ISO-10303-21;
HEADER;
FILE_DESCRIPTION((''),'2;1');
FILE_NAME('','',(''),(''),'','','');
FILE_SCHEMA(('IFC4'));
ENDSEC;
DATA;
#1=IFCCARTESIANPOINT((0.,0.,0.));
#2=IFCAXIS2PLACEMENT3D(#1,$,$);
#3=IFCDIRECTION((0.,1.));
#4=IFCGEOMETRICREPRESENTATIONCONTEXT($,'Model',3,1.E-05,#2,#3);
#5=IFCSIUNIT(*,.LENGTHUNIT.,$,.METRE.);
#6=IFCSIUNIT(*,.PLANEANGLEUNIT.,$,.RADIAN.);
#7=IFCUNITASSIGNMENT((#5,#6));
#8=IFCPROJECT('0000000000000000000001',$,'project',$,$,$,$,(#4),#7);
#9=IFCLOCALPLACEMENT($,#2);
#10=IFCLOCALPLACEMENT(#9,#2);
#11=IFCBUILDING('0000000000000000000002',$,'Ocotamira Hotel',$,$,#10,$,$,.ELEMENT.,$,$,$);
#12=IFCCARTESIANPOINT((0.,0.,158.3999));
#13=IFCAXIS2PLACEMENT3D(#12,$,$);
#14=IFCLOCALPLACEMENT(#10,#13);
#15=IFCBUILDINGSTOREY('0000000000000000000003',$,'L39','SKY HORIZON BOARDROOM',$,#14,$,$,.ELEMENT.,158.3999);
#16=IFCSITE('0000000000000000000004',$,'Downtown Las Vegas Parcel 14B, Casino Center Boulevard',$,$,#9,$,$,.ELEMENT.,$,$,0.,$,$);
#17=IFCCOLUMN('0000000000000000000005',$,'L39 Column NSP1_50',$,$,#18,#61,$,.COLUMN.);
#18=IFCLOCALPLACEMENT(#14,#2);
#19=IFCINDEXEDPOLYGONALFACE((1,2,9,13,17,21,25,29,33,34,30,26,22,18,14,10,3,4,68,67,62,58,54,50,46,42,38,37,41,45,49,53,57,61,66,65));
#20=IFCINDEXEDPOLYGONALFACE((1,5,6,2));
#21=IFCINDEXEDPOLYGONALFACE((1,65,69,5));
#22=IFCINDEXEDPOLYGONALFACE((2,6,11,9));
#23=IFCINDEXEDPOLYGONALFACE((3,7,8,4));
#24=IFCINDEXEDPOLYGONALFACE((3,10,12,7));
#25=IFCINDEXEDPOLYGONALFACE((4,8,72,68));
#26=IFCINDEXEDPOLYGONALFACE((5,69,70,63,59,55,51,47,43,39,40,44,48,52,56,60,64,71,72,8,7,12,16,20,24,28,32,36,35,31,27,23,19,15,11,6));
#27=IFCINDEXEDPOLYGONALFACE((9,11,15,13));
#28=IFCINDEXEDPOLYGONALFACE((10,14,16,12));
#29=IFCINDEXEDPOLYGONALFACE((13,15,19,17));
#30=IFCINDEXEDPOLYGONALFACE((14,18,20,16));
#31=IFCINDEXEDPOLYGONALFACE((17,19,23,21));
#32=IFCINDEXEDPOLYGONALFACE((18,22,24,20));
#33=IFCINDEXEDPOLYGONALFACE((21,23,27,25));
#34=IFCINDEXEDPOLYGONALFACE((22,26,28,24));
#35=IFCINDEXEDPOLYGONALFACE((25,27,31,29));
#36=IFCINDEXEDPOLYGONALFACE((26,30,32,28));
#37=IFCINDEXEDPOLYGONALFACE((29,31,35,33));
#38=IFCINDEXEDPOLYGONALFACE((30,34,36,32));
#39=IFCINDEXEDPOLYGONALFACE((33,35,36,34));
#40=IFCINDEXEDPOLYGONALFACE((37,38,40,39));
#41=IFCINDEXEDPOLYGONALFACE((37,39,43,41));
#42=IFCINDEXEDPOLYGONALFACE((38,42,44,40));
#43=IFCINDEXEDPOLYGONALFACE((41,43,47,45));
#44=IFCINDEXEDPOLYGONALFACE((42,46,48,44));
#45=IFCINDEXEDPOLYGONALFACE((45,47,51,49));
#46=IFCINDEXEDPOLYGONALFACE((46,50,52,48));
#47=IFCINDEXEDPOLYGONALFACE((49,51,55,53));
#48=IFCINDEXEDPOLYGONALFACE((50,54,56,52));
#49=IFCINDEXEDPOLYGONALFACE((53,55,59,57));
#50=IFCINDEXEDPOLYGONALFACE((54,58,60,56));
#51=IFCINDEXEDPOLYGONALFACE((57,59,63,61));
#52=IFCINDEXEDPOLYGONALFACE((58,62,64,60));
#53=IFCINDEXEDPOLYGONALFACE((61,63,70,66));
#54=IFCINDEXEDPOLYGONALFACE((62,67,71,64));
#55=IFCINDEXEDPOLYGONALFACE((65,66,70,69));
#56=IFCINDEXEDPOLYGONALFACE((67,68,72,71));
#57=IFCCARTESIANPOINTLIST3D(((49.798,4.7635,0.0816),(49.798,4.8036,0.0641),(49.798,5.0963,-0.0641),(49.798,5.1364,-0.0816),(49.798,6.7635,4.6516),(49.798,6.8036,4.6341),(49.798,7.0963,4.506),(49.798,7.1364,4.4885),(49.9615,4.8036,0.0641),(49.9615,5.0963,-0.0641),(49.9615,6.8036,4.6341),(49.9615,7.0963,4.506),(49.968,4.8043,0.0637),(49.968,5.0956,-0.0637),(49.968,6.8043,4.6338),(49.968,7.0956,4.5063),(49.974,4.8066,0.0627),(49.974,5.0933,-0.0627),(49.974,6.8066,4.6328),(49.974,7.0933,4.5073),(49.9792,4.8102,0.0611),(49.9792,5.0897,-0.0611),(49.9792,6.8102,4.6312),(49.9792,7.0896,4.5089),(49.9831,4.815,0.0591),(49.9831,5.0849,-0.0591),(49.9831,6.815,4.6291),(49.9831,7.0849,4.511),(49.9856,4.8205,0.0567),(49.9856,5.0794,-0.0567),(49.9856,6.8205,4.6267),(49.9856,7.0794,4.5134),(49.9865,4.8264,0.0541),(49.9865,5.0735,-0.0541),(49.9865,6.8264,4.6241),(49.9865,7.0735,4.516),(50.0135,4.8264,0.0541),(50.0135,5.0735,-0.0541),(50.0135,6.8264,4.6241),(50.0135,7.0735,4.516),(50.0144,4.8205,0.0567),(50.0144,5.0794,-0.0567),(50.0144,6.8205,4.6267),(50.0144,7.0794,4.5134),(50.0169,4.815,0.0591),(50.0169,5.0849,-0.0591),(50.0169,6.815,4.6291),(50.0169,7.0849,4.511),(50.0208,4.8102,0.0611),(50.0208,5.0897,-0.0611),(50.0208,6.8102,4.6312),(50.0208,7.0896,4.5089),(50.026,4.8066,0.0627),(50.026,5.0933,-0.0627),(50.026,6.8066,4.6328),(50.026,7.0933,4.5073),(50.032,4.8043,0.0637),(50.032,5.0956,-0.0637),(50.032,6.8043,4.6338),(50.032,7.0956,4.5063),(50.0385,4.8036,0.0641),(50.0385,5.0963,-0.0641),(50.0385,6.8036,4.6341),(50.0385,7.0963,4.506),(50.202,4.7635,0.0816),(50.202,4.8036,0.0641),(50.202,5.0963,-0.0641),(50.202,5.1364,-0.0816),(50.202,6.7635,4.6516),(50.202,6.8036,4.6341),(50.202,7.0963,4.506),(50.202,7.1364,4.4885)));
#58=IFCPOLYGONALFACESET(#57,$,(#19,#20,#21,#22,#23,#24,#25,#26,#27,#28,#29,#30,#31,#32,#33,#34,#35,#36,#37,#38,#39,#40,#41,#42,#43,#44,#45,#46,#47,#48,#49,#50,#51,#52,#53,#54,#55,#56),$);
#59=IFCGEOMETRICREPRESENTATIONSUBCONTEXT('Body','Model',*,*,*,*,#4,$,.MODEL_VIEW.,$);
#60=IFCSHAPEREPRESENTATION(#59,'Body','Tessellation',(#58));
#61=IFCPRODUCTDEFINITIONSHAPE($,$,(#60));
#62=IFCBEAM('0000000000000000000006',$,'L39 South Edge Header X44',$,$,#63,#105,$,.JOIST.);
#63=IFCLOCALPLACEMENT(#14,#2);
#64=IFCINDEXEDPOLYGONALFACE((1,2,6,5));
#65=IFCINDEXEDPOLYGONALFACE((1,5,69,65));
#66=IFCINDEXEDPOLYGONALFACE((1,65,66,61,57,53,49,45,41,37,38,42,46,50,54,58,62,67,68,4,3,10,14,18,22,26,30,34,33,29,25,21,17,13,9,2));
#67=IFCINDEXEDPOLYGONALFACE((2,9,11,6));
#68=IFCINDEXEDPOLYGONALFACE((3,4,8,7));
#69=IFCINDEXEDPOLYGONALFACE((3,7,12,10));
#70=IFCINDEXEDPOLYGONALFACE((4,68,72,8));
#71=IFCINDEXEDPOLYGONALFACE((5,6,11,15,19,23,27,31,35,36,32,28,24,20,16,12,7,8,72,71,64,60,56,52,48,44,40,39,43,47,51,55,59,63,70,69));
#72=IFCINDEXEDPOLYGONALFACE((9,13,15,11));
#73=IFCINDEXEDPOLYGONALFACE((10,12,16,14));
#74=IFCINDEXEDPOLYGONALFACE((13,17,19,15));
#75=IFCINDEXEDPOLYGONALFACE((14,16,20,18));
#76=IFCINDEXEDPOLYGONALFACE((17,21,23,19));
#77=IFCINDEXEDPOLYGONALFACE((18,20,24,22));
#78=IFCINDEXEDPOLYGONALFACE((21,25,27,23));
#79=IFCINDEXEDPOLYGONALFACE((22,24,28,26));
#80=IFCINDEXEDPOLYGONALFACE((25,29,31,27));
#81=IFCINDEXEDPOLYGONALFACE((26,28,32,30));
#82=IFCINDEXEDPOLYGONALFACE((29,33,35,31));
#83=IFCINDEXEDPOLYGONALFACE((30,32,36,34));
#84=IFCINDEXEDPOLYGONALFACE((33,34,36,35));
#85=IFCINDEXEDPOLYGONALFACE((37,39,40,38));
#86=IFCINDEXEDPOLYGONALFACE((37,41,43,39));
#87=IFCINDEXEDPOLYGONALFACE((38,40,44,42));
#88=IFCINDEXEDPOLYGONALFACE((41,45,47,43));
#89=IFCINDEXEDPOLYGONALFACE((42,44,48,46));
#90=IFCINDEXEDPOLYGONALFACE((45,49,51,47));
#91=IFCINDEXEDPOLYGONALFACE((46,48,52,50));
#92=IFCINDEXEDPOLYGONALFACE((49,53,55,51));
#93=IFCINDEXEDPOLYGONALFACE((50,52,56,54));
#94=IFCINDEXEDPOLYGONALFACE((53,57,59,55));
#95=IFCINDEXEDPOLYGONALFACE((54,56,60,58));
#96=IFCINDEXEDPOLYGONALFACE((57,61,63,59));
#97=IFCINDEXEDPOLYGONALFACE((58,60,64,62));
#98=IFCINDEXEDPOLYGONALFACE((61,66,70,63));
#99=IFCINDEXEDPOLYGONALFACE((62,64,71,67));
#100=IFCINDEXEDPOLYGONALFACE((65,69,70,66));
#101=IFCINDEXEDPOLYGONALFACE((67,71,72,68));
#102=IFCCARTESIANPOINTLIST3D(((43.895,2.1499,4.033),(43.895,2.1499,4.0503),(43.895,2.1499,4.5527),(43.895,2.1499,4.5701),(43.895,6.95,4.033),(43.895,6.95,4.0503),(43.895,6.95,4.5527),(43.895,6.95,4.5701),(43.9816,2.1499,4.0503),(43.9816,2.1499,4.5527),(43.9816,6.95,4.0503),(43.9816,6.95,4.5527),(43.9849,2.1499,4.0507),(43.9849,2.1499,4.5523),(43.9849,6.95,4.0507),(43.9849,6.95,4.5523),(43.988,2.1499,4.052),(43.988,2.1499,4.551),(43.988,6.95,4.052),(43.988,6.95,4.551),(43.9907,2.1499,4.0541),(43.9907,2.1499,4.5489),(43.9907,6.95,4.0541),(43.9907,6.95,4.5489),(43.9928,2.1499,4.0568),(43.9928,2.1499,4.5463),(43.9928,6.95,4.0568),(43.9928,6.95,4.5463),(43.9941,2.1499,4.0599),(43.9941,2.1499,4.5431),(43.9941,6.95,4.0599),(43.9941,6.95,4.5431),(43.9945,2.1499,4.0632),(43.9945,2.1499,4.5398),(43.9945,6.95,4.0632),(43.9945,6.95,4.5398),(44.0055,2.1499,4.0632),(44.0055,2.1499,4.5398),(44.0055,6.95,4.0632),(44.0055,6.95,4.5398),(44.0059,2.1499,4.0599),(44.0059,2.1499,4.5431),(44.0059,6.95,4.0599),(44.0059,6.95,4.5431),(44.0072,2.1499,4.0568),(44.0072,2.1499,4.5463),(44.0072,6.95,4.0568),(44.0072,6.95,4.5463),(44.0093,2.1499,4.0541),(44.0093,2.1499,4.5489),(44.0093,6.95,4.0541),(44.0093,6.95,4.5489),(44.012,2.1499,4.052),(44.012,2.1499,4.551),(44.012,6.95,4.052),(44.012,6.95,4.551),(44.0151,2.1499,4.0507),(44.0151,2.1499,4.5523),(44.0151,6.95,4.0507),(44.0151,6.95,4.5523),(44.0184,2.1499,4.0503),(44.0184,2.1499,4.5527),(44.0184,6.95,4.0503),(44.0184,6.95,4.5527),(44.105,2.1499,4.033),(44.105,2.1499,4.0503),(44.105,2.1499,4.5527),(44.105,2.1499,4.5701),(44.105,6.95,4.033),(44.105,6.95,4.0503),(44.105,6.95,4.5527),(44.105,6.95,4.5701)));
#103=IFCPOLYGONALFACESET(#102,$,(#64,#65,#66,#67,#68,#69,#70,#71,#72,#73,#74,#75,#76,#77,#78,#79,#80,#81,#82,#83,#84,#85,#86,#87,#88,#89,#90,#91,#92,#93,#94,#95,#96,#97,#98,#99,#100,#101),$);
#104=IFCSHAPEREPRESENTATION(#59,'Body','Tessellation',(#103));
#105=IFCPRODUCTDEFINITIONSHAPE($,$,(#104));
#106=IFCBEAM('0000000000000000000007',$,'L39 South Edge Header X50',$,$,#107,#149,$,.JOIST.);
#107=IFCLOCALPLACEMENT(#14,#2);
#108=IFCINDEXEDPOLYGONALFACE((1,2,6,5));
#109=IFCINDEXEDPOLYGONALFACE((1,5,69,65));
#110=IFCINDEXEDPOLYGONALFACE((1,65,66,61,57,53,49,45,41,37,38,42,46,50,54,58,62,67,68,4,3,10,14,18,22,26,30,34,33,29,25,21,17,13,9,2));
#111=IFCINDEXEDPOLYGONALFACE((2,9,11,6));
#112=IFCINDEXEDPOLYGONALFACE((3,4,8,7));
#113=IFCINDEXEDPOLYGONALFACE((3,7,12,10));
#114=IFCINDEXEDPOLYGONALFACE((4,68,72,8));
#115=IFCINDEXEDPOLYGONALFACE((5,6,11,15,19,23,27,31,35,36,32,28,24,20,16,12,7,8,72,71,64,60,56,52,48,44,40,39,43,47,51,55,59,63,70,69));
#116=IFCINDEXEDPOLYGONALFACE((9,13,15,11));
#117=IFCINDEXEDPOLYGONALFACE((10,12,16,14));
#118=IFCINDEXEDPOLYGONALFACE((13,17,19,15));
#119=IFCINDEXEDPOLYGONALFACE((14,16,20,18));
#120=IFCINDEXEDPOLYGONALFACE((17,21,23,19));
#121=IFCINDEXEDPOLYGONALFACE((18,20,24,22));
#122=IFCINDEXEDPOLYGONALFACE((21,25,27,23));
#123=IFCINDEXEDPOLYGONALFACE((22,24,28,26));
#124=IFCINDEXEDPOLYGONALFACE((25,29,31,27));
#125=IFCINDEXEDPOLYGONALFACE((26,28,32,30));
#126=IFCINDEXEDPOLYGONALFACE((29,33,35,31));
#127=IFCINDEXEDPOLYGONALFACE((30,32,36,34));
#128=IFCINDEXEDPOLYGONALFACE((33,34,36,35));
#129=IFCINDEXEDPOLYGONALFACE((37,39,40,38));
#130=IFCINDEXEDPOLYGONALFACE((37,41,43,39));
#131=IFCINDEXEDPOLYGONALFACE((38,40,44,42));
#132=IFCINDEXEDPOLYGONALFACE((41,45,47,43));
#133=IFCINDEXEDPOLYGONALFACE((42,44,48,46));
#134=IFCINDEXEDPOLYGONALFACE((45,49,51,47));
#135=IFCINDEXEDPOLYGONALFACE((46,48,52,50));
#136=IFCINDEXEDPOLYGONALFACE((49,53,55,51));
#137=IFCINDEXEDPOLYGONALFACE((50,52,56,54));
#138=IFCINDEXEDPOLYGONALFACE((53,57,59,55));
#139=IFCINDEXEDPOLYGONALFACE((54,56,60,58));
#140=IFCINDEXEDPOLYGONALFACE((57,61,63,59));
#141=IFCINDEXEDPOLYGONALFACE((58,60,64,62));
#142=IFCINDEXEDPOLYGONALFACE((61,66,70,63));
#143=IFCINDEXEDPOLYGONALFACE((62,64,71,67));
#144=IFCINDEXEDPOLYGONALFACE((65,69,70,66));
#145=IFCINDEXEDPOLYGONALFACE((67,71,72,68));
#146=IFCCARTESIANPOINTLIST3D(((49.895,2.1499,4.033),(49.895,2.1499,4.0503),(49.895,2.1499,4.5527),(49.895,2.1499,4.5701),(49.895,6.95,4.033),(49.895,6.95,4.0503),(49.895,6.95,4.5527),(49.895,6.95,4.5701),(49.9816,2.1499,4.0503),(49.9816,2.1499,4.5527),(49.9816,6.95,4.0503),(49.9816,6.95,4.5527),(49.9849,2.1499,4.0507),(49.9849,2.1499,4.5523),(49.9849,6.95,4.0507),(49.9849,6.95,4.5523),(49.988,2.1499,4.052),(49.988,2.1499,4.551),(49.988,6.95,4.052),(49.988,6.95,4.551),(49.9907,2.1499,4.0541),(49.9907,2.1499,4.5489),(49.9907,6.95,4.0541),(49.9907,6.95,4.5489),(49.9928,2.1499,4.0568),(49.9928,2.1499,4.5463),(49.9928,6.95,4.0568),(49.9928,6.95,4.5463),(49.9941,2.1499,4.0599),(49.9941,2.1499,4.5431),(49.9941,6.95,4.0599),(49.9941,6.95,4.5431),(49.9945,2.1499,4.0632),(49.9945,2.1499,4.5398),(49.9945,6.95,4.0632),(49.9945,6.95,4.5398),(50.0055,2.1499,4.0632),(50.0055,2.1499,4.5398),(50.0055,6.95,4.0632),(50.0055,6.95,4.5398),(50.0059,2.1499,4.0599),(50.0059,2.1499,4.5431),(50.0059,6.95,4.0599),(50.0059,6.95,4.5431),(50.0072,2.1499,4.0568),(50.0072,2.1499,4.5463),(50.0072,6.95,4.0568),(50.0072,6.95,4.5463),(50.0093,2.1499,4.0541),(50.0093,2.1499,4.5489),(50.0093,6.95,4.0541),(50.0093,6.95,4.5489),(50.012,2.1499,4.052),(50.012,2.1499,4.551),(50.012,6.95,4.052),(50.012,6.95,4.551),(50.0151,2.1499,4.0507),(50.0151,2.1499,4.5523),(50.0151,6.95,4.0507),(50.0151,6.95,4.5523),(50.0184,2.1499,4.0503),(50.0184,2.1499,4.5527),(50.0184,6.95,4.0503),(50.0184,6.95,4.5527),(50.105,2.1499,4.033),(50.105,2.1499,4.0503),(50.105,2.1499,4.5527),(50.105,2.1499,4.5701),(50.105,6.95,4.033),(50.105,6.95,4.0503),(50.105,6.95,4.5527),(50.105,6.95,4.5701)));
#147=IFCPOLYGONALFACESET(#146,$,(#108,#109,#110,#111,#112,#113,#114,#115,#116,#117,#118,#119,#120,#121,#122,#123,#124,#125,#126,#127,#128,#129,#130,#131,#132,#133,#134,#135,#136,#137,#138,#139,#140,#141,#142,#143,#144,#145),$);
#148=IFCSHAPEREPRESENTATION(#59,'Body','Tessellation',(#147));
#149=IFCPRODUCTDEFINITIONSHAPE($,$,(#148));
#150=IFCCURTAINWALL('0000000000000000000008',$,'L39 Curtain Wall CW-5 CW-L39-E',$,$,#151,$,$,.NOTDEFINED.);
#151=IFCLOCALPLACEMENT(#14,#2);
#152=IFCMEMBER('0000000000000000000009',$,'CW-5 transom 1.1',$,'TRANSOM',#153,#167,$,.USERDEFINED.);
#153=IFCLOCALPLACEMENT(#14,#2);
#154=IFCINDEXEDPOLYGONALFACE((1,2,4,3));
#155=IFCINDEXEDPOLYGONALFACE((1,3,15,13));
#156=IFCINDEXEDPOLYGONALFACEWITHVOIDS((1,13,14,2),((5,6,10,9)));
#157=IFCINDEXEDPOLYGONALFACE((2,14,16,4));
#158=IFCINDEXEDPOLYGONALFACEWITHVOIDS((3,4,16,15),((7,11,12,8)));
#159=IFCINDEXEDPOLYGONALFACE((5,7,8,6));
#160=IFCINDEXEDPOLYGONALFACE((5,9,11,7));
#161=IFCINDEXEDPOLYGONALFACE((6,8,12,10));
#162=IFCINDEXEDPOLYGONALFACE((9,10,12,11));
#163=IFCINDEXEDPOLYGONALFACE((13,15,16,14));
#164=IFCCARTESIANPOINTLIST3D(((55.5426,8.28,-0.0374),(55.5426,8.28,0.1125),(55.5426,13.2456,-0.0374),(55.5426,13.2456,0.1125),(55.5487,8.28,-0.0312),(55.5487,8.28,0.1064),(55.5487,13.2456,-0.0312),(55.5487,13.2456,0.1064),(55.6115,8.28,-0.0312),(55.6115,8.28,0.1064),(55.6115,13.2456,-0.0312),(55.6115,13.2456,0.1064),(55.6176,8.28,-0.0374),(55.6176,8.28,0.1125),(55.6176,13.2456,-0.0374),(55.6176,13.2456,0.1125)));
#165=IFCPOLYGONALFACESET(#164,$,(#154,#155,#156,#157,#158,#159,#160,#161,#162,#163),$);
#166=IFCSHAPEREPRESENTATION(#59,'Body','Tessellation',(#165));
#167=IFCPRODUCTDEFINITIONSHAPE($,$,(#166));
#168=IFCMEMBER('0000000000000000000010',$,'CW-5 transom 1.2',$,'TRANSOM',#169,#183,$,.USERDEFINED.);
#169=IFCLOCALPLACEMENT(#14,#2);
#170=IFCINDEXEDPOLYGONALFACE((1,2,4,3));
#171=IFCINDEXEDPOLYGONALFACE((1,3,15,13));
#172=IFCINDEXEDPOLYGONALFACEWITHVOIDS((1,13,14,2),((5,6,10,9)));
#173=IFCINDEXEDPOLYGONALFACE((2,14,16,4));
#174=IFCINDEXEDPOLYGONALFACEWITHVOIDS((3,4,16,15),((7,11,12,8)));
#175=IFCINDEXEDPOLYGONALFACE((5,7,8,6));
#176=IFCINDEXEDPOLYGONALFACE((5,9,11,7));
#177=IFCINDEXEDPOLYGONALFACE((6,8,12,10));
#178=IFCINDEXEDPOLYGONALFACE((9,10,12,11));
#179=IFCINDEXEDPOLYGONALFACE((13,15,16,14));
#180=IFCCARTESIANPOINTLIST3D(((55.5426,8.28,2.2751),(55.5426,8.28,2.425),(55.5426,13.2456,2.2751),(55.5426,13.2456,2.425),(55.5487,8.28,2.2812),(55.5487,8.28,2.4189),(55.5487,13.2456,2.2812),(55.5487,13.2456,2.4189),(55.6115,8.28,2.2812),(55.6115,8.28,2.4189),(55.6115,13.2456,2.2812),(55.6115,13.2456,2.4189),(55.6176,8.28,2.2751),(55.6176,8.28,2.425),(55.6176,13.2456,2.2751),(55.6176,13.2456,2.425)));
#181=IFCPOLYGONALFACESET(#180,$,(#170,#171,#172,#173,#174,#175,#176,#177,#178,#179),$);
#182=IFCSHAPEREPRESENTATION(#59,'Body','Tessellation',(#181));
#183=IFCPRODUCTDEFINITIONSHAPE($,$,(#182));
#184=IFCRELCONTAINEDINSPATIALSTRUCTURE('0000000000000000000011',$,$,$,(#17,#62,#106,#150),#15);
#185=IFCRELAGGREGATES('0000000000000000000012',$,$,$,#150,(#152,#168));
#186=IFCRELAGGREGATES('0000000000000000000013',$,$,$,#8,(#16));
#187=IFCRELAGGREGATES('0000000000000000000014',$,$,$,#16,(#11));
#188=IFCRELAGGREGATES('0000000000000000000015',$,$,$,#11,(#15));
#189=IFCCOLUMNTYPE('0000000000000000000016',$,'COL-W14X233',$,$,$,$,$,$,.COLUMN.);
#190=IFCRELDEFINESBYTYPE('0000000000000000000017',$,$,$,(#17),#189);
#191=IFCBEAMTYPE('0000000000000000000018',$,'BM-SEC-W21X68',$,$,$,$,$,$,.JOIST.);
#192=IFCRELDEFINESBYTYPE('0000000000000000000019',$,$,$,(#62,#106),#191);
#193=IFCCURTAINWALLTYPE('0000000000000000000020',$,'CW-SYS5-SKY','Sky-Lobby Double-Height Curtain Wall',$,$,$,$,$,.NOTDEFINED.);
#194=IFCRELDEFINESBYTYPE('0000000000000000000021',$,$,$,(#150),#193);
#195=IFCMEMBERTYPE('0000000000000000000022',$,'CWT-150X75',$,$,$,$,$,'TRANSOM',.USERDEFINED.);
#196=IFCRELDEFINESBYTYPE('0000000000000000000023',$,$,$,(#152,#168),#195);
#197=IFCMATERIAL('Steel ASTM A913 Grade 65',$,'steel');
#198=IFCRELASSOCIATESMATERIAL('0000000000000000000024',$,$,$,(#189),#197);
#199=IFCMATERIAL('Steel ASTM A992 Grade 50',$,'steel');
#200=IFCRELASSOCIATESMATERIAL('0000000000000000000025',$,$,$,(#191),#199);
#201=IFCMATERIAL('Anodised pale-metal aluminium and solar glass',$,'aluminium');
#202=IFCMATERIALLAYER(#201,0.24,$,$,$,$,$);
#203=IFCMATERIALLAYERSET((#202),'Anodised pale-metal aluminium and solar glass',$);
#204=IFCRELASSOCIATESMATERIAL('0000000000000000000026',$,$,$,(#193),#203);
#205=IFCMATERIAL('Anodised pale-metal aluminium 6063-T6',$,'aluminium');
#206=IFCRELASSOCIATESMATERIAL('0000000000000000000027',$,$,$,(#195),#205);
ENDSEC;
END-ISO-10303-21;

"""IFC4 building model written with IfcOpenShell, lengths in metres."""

from ifc_helpers import new_model, si_unit, direction, frame, origin, origin_2d, place, context, subcontext, project, spatial, hollow_rectangle, i_section, extrude, source, transform, mapped, material, layer, layer_set, material_profile, profile_set, type_object, element, aggregate, save


model = new_model("IFC4")

# Units and contexts
model_context = context("Model", 3, precision=1e-05, world=origin(), true_north=direction((0.0, 1.0)))
body_context = subcontext(model_context, "Body", "Model", "MODEL_VIEW")
ifc_project = project(units=[si_unit("LENGTHUNIT", "METRE"), si_unit("PLANEANGLEUNIT", "RADIAN")], contexts=[model_context])

# Site, building, storey
site_placement = place(None, origin())
site = spatial("IfcSite", under=ifc_project, at=site_placement, Name="Downtown Las Vegas Parcel 14B, Casino Center Boulevard", CompositionType="ELEMENT", RefElevation=0.0)
building_placement = place(site_placement, origin())
building = spatial("IfcBuilding", under=site, at=building_placement, Name="Ocotamira Hotel", CompositionType="ELEMENT")
storey_placement = place(building_placement, frame((0.0, 0.0, 158.3999)))
storey = spatial("IfcBuildingStorey", under=building, at=storey_placement, Name="L39", Description="SKY HORIZON BOARDROOM", CompositionType="ELEMENT", Elevation=158.3999)

# Column
ifc_material_1 = material(Name="Steel ASTM A913 Grade 65", Category="steel")
ifc_material_profile_1 = material_profile(ifc_material_1, i_section(OverallWidth=0.4041, OverallDepth=0.407, WebThickness=0.0271, FlangeThickness=0.0437, FilletRadius=0.0249, at=origin_2d()), Name="W14X233")
ifc_profile_set_1 = profile_set([ifc_material_profile_1], Name="Steel ASTM A913 Grade 65")
column_type = type_object("IfcColumnType", Name="COL-W14X233", PredefinedType="COLUMN", material=ifc_profile_set_1)
shared_shape_1 = source(origin(), body_context, "Body", "SweptSolid", [
    extrude(i_section(OverallWidth=0.4041, OverallDepth=0.407, WebThickness=0.0271, FlangeThickness=0.0437, FilletRadius=0.0249, at=origin_2d()), origin(), (0.0, 0.0, 1.0), 4.9885),
])
column_placement = place(storey_placement, frame((50.0, 4.95, 0.0), z_axis=(0.0, 0.400919, 0.916114), x_axis=(-1.0, 0.0, 0.0)))
element("IfcColumn", 1, at=column_placement, inside=storey, type_object=column_type, Name="L39 Column NSP1_50", PredefinedType="COLUMN", context=body_context, shape_type="MappedRepresentation", body=[
    mapped(shared_shape_1, transform((0.0, 0.0, 0.0), scale=1.0)),
])

# Beams
ifc_material_2 = material(Name="Steel ASTM A992 Grade 50", Category="steel")
ifc_material_profile_2 = material_profile(ifc_material_2, i_section(OverallWidth=0.21, OverallDepth=0.5371, WebThickness=0.011, FlangeThickness=0.0173, FilletRadius=0.0129, at=origin_2d()), Name="W21X68")
ifc_profile_set_2 = profile_set([ifc_material_profile_2], Name="Steel ASTM A992 Grade 50")
beam_type = type_object("IfcBeamType", Name="BM-SEC-W21X68", PredefinedType="JOIST", material=ifc_profile_set_2)
shared_shape_2 = source(origin(), body_context, "Body", "SweptSolid", [
    extrude(i_section(OverallWidth=0.21, OverallDepth=0.5371, WebThickness=0.011, FlangeThickness=0.0173, FilletRadius=0.0129, at=origin_2d()), origin(), (0.0, 0.0, 1.0), 4.8),
])
for number, where, z_axis, x_axis, name in (
    (2, (44.0, 6.95, 4.3015), (0.0, -1.0, 0.0), (1.0, 0.0, 0.0), "L39 South Edge Header X44"),
    (3, (50.0, 6.95, 4.3015), (0.0, -1.0, 0.0), (1.0, 0.0, 0.0), "L39 South Edge Header X50"),
):
    element("IfcBeam", number, at=place(storey_placement, frame(where, z_axis=z_axis, x_axis=x_axis)), inside=storey, type_object=beam_type, Name=name, PredefinedType="JOIST", context=body_context, shape_type="MappedRepresentation", body=[
        mapped(shared_shape_2, transform((0.0, 0.0, 0.0), scale=1.0)),
    ])

# Curtain wall, members
ifc_material_3 = material(Name="Anodised pale-metal aluminium and solar glass", Category="aluminium")
ifc_layer_1 = layer(ifc_material_3, 0.24)
ifc_layer_set_1 = layer_set([ifc_layer_1], Name="Anodised pale-metal aluminium and solar glass")
curtain_wall_type = type_object("IfcCurtainWallType", Name="CW-SYS5-SKY", Description="Sky-Lobby Double-Height Curtain Wall", PredefinedType="NOTDEFINED", material=ifc_layer_set_1)
curtain_wall_placement = place(storey_placement, origin())
curtain_wall = element("IfcCurtainWall", 4, at=curtain_wall_placement, inside=storey, type_object=curtain_wall_type, Name="L39 Curtain Wall CW-5 CW-L39-E", PredefinedType="NOTDEFINED")
ifc_material_4 = material(Name="Anodised pale-metal aluminium 6063-T6", Category="aluminium")
ifc_material_profile_3 = material_profile(ifc_material_4, hollow_rectangle(XDim=0.075, YDim=0.1499, WallThickness=0.0061, at=origin_2d()), Name="HSS150X75X6")
ifc_profile_set_3 = profile_set([ifc_material_profile_3], Name="Anodised pale-metal aluminium 6063-T6")
member_type_1 = type_object("IfcMemberType", Name="CWT-150X75", ElementType="TRANSOM", PredefinedType="USERDEFINED", material=ifc_profile_set_3)
shared_shape_3 = source(origin(), body_context, "Body", "SweptSolid", [
    extrude(hollow_rectangle(XDim=0.075, YDim=0.1499, WallThickness=0.0061, at=origin_2d()), origin(), (0.0, 0.0, 1.0), 4.9656),
])
member_1_placement = place(storey_placement, frame((55.5801, 8.28, 0.0376), z_axis=(0.0, 1.0, 0.0), x_axis=(-1.0, 0.0, 0.0)))
member_1 = element("IfcMember", 5, at=member_1_placement, type_object=member_type_1, Name="CW-5 transom 1.1", ObjectType="TRANSOM", PredefinedType="USERDEFINED", context=body_context, shape_type="MappedRepresentation", body=[
    mapped(shared_shape_3, transform((0.0, 0.0, 0.0), scale=1.0)),
])
member_2_placement = place(storey_placement, frame((55.5801, 8.28, 2.3501), z_axis=(0.0, 1.0, 0.0), x_axis=(-1.0, 0.0, 0.0)))
member_2 = element("IfcMember", 6, at=member_2_placement, type_object=member_type_1, Name="CW-5 transom 1.2", ObjectType="TRANSOM", PredefinedType="USERDEFINED", context=body_context, shape_type="MappedRepresentation", body=[
    mapped(shared_shape_3, transform((0.0, 0.0, 0.0), scale=1.0)),
])

aggregate(curtain_wall, [member_1, member_2])

save(model, "model.ifc")
